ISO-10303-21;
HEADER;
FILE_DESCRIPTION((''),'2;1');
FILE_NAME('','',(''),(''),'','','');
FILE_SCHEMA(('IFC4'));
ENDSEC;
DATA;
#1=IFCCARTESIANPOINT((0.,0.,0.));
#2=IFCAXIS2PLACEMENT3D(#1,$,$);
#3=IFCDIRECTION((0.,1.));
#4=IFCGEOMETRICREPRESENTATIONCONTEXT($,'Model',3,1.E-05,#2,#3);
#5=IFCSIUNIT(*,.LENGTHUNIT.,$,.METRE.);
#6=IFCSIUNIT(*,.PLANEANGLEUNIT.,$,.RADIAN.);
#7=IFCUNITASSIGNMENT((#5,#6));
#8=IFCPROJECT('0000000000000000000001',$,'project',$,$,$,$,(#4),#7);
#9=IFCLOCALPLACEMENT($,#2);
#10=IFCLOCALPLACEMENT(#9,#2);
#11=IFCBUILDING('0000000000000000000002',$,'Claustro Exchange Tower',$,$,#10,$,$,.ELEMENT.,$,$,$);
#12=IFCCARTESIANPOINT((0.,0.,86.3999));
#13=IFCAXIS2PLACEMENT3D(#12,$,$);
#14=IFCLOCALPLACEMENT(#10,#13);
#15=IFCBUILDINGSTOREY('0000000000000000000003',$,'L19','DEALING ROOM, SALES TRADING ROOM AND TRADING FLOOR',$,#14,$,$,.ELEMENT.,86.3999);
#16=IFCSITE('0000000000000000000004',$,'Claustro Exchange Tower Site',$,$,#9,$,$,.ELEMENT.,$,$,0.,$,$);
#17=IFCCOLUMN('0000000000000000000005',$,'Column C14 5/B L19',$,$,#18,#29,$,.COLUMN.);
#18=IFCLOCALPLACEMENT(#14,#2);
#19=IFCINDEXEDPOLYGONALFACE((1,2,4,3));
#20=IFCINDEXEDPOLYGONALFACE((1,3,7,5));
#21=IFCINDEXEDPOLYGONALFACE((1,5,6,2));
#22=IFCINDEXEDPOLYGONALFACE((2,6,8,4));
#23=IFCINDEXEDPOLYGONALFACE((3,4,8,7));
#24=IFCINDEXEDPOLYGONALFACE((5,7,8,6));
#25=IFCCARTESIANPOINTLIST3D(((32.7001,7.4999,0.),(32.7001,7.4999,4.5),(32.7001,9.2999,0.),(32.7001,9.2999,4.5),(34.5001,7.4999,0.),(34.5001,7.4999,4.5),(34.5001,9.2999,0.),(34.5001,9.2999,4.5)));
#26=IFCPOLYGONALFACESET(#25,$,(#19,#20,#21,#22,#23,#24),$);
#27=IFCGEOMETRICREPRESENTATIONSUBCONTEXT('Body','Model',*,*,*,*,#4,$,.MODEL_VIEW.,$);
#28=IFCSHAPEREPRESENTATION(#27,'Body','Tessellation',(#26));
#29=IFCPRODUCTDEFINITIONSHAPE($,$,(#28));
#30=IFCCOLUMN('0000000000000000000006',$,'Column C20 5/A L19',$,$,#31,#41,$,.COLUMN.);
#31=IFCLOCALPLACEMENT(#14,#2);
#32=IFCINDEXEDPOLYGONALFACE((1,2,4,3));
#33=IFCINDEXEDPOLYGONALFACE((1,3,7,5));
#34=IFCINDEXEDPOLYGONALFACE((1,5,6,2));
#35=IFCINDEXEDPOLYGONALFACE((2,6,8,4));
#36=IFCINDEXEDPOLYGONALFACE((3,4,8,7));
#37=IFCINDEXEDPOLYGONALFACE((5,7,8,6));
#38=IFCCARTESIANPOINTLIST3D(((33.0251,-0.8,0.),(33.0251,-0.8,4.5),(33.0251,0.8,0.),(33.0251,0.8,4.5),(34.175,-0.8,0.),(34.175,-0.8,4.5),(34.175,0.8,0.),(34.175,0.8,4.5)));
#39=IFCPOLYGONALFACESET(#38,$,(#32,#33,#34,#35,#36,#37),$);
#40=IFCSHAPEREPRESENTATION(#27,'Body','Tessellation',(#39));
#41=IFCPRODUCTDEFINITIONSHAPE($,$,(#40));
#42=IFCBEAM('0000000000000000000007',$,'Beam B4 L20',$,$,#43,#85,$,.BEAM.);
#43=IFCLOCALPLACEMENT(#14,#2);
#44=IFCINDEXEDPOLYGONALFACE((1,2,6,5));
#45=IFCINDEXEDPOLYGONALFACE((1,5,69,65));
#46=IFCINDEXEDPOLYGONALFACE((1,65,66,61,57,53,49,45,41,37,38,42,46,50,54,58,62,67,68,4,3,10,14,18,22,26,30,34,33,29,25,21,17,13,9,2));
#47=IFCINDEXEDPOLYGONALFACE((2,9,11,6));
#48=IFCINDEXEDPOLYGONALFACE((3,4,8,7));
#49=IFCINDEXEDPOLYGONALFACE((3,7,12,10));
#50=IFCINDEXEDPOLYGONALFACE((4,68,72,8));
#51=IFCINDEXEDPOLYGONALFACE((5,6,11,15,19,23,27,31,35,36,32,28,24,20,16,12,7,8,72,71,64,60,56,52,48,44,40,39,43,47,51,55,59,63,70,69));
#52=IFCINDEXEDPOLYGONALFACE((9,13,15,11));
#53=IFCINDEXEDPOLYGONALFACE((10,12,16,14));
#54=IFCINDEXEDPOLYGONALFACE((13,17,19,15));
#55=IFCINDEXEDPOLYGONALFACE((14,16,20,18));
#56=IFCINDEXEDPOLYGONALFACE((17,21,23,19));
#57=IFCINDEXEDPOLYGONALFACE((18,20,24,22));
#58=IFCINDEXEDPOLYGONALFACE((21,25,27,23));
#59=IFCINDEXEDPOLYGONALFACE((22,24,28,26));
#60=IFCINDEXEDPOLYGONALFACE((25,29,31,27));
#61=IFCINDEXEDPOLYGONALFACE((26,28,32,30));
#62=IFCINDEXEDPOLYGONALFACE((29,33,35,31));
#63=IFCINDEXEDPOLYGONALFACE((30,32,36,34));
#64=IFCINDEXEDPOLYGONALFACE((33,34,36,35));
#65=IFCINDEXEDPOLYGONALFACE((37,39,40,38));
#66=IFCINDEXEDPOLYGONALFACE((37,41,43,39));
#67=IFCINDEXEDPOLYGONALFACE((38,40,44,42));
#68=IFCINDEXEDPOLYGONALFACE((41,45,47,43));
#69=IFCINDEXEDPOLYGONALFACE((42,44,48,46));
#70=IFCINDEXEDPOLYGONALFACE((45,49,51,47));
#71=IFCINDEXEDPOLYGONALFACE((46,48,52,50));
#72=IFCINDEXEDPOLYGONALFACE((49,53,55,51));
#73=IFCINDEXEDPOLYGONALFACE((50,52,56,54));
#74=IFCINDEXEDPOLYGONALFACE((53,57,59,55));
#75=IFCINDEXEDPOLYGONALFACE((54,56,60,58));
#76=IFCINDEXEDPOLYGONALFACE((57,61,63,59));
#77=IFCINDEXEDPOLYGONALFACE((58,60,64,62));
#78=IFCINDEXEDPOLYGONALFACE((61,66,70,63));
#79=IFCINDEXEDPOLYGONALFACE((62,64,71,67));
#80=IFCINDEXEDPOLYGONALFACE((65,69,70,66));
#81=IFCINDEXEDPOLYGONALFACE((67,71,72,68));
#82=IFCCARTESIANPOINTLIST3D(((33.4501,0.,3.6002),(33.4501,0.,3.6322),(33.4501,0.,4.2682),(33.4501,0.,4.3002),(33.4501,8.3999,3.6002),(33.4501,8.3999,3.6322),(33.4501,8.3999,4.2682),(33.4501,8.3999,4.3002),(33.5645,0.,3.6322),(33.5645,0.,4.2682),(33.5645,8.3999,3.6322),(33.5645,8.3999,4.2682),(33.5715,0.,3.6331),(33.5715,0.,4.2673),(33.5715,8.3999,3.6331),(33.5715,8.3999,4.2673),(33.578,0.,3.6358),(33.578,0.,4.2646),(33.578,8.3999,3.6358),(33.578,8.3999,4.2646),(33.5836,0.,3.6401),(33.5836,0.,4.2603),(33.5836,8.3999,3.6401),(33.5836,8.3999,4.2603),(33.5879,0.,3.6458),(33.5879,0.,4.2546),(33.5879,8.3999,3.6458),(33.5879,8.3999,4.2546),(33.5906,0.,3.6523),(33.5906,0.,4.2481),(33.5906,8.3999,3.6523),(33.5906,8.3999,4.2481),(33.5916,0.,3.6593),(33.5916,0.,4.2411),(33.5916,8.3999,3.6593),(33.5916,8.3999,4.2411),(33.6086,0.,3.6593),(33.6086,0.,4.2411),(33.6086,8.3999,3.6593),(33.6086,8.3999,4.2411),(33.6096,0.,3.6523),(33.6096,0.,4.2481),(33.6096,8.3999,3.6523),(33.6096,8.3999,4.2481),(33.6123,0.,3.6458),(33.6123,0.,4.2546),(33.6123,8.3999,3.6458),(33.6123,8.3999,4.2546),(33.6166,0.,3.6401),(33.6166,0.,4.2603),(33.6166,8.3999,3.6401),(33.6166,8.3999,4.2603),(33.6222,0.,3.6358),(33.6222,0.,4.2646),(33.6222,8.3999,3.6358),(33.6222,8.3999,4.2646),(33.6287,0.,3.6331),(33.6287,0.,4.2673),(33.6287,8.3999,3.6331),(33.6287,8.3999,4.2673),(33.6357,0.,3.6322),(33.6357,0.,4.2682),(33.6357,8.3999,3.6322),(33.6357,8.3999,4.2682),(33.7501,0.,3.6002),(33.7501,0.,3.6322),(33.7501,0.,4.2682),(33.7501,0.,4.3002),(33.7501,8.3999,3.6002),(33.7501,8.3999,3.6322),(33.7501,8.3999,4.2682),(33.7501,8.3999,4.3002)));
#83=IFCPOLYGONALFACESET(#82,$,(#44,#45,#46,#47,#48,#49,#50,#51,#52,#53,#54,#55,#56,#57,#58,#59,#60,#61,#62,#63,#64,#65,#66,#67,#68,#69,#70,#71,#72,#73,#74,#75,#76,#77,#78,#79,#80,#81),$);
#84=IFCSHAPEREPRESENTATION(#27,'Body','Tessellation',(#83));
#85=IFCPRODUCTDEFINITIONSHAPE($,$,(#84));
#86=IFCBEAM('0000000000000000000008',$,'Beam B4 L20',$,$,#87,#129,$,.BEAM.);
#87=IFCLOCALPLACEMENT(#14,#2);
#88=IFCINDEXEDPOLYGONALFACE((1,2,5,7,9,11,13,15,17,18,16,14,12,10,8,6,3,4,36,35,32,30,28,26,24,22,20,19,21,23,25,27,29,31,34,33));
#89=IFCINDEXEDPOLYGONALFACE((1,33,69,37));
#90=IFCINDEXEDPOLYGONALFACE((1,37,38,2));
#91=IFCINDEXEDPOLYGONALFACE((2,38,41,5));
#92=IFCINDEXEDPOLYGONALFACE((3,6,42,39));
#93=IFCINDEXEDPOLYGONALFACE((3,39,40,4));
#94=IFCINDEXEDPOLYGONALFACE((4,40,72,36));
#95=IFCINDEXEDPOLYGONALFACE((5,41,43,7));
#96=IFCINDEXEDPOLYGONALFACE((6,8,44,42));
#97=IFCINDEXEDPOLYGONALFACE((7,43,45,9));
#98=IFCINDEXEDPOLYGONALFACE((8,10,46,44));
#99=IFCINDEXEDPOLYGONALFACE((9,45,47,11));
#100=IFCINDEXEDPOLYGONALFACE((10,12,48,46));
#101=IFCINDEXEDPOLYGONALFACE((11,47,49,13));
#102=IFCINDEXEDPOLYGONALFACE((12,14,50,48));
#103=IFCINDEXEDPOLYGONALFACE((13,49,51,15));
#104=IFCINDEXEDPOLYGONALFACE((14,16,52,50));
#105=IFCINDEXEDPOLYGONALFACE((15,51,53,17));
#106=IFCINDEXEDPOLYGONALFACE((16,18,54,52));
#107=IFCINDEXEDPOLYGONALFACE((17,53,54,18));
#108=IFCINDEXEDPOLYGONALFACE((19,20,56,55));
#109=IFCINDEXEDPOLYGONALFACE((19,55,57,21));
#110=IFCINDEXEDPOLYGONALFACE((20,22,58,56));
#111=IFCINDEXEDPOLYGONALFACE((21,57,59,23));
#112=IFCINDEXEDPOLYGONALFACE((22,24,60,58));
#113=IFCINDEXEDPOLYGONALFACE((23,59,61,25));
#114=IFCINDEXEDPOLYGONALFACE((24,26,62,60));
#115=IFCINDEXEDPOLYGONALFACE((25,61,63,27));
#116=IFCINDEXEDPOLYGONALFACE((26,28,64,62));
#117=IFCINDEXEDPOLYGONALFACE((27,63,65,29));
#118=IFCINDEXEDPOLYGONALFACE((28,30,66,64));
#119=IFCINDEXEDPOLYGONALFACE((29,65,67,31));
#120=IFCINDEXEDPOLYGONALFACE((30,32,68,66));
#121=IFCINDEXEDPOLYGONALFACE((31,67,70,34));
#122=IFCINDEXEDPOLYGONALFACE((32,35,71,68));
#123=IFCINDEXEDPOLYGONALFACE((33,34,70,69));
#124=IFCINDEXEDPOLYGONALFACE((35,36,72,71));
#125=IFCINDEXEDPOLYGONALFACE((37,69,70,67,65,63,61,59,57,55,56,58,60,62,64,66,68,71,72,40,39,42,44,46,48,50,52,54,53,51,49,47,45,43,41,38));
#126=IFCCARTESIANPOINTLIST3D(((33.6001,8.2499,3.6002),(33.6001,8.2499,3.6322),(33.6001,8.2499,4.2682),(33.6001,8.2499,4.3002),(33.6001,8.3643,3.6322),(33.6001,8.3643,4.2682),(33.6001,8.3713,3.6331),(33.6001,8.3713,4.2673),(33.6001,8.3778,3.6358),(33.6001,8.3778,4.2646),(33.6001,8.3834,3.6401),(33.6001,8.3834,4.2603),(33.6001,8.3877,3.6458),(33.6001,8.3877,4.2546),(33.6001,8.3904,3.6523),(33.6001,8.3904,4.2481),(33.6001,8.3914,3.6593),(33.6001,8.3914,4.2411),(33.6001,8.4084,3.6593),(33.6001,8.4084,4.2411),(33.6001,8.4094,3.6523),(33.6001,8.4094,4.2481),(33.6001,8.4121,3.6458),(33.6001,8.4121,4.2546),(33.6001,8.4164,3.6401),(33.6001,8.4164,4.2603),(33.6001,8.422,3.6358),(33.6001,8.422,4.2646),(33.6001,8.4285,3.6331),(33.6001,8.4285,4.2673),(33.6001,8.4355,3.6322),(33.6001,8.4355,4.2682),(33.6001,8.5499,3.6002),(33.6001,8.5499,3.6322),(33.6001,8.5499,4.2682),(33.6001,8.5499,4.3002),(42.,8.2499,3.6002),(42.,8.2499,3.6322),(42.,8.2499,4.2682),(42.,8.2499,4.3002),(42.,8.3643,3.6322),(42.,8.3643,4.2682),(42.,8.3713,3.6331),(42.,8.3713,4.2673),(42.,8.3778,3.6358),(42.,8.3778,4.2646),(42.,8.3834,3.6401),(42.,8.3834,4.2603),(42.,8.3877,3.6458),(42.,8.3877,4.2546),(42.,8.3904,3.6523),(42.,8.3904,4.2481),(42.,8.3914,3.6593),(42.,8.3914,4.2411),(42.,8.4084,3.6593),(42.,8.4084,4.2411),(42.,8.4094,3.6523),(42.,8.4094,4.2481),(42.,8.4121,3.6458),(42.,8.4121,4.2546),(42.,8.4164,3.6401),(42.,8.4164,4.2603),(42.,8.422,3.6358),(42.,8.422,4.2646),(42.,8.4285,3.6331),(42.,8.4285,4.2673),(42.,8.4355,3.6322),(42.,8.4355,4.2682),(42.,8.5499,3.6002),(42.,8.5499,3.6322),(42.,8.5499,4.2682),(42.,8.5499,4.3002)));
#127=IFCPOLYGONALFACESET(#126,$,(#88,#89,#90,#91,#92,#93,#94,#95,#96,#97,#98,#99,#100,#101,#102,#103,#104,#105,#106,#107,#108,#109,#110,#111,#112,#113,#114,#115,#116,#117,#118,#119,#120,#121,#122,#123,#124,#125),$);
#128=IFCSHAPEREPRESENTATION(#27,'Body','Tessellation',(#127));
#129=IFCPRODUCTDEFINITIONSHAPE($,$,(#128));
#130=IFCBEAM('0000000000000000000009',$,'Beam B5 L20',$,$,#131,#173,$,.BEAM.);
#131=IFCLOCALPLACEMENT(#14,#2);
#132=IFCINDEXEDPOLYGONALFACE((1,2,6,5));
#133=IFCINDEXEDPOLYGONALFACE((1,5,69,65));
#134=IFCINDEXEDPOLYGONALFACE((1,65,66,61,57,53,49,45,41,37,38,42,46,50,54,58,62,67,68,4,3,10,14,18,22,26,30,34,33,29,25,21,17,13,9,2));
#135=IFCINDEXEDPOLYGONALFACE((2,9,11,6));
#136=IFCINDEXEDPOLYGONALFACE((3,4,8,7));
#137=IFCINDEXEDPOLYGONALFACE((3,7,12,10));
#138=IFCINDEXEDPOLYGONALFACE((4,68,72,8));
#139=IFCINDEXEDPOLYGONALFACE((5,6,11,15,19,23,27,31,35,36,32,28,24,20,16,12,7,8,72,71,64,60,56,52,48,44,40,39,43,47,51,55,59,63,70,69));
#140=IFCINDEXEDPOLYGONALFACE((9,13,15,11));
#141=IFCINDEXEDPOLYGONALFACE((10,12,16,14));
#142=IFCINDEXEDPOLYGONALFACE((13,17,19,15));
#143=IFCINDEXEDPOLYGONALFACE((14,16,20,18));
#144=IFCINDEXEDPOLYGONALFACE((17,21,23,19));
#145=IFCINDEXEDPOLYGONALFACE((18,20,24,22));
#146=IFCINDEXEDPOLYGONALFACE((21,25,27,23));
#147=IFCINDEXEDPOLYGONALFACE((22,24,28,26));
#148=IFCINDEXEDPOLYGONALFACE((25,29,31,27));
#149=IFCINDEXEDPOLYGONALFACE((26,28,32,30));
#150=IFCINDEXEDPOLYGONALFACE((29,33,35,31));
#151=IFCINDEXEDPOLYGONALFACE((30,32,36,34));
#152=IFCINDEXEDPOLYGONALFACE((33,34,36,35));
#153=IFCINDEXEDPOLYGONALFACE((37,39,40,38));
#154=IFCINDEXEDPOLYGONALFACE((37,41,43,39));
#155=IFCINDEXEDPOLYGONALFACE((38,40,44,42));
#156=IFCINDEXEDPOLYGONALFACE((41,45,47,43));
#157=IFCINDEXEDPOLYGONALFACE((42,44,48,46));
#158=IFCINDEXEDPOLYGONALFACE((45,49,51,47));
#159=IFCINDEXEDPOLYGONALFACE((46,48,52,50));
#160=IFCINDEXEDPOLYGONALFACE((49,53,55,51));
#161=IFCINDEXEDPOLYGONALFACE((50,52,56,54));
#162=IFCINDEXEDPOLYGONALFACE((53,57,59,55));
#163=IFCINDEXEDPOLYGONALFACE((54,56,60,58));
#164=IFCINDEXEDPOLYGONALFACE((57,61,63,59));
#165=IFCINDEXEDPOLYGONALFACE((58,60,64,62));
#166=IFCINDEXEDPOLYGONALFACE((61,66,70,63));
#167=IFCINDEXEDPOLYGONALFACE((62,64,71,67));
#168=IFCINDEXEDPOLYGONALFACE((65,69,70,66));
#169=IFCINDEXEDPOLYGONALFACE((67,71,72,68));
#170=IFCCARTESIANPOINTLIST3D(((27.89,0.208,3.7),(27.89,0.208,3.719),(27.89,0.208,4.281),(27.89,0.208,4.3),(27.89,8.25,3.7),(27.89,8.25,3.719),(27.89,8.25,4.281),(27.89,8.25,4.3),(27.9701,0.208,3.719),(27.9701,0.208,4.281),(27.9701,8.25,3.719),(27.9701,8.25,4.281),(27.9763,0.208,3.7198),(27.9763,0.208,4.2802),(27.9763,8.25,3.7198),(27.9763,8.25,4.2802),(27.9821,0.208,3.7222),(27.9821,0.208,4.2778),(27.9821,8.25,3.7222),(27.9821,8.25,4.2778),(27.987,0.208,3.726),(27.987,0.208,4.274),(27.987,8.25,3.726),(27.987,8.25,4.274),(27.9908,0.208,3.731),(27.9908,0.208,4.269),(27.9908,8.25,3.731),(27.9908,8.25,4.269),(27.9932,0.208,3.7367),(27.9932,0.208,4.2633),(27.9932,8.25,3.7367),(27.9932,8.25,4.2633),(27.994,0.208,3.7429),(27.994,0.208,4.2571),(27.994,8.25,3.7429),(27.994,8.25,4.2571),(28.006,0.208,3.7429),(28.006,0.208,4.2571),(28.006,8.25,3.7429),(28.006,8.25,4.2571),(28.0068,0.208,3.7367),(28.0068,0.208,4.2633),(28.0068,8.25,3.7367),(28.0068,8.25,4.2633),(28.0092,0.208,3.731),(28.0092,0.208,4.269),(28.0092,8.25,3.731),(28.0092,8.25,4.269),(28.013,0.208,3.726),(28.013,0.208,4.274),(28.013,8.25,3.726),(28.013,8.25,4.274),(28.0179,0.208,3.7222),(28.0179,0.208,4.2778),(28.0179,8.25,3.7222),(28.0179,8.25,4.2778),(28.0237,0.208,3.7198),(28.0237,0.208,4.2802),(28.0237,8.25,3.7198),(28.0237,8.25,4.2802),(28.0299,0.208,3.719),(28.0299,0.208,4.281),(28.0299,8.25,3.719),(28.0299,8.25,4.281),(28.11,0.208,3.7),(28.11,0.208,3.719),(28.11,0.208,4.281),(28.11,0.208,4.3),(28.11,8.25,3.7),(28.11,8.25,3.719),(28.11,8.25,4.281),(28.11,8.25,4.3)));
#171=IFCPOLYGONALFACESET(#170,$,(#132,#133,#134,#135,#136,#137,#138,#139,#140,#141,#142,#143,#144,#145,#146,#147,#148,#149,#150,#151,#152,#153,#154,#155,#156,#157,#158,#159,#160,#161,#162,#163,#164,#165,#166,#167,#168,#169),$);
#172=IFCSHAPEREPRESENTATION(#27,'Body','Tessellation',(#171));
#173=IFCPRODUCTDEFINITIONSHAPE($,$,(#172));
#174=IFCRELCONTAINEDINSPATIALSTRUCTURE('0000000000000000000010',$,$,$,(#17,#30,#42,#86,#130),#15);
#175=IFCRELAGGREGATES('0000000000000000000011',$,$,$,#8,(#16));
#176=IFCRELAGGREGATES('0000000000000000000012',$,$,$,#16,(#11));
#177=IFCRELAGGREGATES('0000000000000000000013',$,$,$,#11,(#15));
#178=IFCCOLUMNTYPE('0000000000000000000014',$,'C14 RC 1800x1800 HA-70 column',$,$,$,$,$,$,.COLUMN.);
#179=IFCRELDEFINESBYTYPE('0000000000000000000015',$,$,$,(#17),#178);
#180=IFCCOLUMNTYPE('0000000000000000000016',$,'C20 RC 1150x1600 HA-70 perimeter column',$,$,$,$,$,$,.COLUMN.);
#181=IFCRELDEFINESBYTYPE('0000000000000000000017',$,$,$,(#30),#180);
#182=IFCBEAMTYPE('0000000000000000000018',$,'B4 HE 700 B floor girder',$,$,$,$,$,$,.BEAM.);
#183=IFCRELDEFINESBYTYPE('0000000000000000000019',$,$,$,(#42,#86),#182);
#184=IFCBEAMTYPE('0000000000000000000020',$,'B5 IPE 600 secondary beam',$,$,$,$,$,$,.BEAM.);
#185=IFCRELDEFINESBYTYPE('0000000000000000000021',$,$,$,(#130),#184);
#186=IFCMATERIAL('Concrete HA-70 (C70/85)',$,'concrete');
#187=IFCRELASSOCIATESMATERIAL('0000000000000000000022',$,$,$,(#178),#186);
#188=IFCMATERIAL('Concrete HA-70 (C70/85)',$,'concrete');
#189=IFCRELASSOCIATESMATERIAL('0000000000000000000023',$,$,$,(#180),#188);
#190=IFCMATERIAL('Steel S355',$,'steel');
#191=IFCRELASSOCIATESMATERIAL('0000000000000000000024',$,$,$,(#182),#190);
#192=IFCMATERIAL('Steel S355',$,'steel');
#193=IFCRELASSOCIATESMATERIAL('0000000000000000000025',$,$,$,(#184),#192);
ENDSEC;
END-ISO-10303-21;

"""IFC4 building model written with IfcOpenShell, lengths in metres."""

from ifc_helpers import new_model, si_unit, direction, frame, origin, origin_2d, place, context, subcontext, project, spatial, rectangle, i_section, extrude, material, material_profile, profile_set, type_object, element, save


model = new_model("IFC4")

# Units and contexts
model_context = context("Model", 3, precision=1e-05, world=origin(), true_north=direction((0.0, 1.0)))
body_context = subcontext(model_context, "Body", "Model", "MODEL_VIEW")
ifc_project = project(units=[si_unit("LENGTHUNIT", "METRE"), si_unit("PLANEANGLEUNIT", "RADIAN")], contexts=[model_context])

# Site, building, storey
site_placement = place(None, origin())
site = spatial("IfcSite", under=ifc_project, at=site_placement, Name="Claustro Exchange Tower Site", CompositionType="ELEMENT", RefElevation=0.0)
building_placement = place(site_placement, origin())
building = spatial("IfcBuilding", under=site, at=building_placement, Name="Claustro Exchange Tower", CompositionType="ELEMENT")
storey_placement = place(building_placement, frame((0.0, 0.0, 86.3999)))
storey = spatial("IfcBuildingStorey", under=building, at=storey_placement, Name="L19", Description="DEALING ROOM, SALES TRADING ROOM AND TRADING FLOOR", CompositionType="ELEMENT", Elevation=86.3999)

# Columns
ifc_material_1 = material(Name="Concrete HA-70 (C70/85)", Category="concrete")
ifc_material_profile_1 = material_profile(ifc_material_1, rectangle(XDim=1.8, YDim=1.8, at=origin_2d()), Name="RC 1800x1800")
ifc_profile_set_1 = profile_set([ifc_material_profile_1], Name="Concrete HA-70 (C70/85)")
column_type_1 = type_object("IfcColumnType", Name="C14 RC 1800x1800 HA-70 column", PredefinedType="COLUMN", material=ifc_profile_set_1)
column_1_placement = place(storey_placement, frame((33.6001, 8.3999, 0.0), z_axis=(0.0, 0.0, 1.0), x_axis=(1.0, 0.0, 0.0)))
element("IfcColumn", 1, at=column_1_placement, inside=storey, type_object=column_type_1, Name="Column C14 5/B L19", PredefinedType="COLUMN", context=body_context, shape_type="SweptSolid", body=[
    extrude(rectangle(XDim=1.8, YDim=1.8, at=origin_2d()), origin(), (0.0, 0.0, 1.0), 4.5),
])
ifc_material_2 = material(Name="Concrete HA-70 (C70/85)", Category="concrete")
ifc_material_profile_2 = material_profile(ifc_material_2, rectangle(XDim=1.1499, YDim=1.6001, at=origin_2d()), Name="RC 1150x1600")
ifc_profile_set_2 = profile_set([ifc_material_profile_2], Name="Concrete HA-70 (C70/85)")
column_type_2 = type_object("IfcColumnType", Name="C20 RC 1150x1600 HA-70 perimeter column", PredefinedType="COLUMN", material=ifc_profile_set_2)
column_2_placement = place(storey_placement, frame((33.6001, 0.0, 0.0), z_axis=(0.0, 0.0, 1.0), x_axis=(1.0, 0.0, 0.0)))
element("IfcColumn", 2, at=column_2_placement, inside=storey, type_object=column_type_2, Name="Column C20 5/A L19", PredefinedType="COLUMN", context=body_context, shape_type="SweptSolid", body=[
    extrude(rectangle(XDim=1.1499, YDim=1.6001, at=origin_2d()), origin(), (0.0, 0.0, 1.0), 4.5),
])

# Beams
ifc_material_3 = material(Name="Steel S355", Category="steel")
ifc_material_profile_3 = material_profile(ifc_material_3, i_section(OverallWidth=0.3, OverallDepth=0.7, WebThickness=0.0171, FlangeThickness=0.032, FilletRadius=0.0271, at=origin_2d()), Name="HE 700 B")
ifc_profile_set_3 = profile_set([ifc_material_profile_3], Name="Steel S355")
beam_type_1 = type_object("IfcBeamType", Name="B4 HE 700 B floor girder", PredefinedType="BEAM", material=ifc_profile_set_3)
for number, where, z_axis, x_axis, name in (
    (3, (33.6001, 0.0, 3.9502), (0.0, 1.0, 0.0), (-1.0, 0.0, 0.0), "Beam B4 L20"),
    (4, (33.6001, 8.3999, 3.9502), (1.0, 0.0, 0.0), (0.0, 1.0, 0.0), "Beam B4 L20"),
):
    element("IfcBeam", number, at=place(storey_placement, frame(where, z_axis=z_axis, x_axis=x_axis)), inside=storey, type_object=beam_type_1, Name=name, PredefinedType="BEAM", context=body_context, shape_type="SweptSolid", body=[
        extrude(i_section(OverallWidth=0.3, OverallDepth=0.7, WebThickness=0.0171, FlangeThickness=0.032, FilletRadius=0.0271, at=origin_2d()), origin(), (0.0, 0.0, 1.0), 8.3999),
    ])
ifc_material_4 = material(Name="Steel S355", Category="steel")
ifc_material_profile_4 = material_profile(ifc_material_4, i_section(OverallWidth=0.22, OverallDepth=0.6001, WebThickness=0.012, FlangeThickness=0.019, FilletRadius=0.0239, at=origin_2d()), Name="IPE 600")
ifc_profile_set_4 = profile_set([ifc_material_profile_4], Name="Steel S355")
beam_type_2 = type_object("IfcBeamType", Name="B5 IPE 600 secondary beam", PredefinedType="BEAM", material=ifc_profile_set_4)
for number, where, z_axis, x_axis, name in (
    (5, (28.0, 0.208, 4.0), (0.0, 1.0, 0.0), (-1.0, 0.0, 0.0), "Beam B5 L20"),
):
    element("IfcBeam", number, at=place(storey_placement, frame(where, z_axis=z_axis, x_axis=x_axis)), inside=storey, type_object=beam_type_2, Name=name, PredefinedType="BEAM", context=body_context, shape_type="SweptSolid", body=[
        extrude(i_section(OverallWidth=0.22, OverallDepth=0.6001, WebThickness=0.012, FlangeThickness=0.019, FilletRadius=0.0239, at=origin_2d()), origin(), (0.0, 0.0, 1.0), 8.042),
    ])

save(model, "model.ifc")
